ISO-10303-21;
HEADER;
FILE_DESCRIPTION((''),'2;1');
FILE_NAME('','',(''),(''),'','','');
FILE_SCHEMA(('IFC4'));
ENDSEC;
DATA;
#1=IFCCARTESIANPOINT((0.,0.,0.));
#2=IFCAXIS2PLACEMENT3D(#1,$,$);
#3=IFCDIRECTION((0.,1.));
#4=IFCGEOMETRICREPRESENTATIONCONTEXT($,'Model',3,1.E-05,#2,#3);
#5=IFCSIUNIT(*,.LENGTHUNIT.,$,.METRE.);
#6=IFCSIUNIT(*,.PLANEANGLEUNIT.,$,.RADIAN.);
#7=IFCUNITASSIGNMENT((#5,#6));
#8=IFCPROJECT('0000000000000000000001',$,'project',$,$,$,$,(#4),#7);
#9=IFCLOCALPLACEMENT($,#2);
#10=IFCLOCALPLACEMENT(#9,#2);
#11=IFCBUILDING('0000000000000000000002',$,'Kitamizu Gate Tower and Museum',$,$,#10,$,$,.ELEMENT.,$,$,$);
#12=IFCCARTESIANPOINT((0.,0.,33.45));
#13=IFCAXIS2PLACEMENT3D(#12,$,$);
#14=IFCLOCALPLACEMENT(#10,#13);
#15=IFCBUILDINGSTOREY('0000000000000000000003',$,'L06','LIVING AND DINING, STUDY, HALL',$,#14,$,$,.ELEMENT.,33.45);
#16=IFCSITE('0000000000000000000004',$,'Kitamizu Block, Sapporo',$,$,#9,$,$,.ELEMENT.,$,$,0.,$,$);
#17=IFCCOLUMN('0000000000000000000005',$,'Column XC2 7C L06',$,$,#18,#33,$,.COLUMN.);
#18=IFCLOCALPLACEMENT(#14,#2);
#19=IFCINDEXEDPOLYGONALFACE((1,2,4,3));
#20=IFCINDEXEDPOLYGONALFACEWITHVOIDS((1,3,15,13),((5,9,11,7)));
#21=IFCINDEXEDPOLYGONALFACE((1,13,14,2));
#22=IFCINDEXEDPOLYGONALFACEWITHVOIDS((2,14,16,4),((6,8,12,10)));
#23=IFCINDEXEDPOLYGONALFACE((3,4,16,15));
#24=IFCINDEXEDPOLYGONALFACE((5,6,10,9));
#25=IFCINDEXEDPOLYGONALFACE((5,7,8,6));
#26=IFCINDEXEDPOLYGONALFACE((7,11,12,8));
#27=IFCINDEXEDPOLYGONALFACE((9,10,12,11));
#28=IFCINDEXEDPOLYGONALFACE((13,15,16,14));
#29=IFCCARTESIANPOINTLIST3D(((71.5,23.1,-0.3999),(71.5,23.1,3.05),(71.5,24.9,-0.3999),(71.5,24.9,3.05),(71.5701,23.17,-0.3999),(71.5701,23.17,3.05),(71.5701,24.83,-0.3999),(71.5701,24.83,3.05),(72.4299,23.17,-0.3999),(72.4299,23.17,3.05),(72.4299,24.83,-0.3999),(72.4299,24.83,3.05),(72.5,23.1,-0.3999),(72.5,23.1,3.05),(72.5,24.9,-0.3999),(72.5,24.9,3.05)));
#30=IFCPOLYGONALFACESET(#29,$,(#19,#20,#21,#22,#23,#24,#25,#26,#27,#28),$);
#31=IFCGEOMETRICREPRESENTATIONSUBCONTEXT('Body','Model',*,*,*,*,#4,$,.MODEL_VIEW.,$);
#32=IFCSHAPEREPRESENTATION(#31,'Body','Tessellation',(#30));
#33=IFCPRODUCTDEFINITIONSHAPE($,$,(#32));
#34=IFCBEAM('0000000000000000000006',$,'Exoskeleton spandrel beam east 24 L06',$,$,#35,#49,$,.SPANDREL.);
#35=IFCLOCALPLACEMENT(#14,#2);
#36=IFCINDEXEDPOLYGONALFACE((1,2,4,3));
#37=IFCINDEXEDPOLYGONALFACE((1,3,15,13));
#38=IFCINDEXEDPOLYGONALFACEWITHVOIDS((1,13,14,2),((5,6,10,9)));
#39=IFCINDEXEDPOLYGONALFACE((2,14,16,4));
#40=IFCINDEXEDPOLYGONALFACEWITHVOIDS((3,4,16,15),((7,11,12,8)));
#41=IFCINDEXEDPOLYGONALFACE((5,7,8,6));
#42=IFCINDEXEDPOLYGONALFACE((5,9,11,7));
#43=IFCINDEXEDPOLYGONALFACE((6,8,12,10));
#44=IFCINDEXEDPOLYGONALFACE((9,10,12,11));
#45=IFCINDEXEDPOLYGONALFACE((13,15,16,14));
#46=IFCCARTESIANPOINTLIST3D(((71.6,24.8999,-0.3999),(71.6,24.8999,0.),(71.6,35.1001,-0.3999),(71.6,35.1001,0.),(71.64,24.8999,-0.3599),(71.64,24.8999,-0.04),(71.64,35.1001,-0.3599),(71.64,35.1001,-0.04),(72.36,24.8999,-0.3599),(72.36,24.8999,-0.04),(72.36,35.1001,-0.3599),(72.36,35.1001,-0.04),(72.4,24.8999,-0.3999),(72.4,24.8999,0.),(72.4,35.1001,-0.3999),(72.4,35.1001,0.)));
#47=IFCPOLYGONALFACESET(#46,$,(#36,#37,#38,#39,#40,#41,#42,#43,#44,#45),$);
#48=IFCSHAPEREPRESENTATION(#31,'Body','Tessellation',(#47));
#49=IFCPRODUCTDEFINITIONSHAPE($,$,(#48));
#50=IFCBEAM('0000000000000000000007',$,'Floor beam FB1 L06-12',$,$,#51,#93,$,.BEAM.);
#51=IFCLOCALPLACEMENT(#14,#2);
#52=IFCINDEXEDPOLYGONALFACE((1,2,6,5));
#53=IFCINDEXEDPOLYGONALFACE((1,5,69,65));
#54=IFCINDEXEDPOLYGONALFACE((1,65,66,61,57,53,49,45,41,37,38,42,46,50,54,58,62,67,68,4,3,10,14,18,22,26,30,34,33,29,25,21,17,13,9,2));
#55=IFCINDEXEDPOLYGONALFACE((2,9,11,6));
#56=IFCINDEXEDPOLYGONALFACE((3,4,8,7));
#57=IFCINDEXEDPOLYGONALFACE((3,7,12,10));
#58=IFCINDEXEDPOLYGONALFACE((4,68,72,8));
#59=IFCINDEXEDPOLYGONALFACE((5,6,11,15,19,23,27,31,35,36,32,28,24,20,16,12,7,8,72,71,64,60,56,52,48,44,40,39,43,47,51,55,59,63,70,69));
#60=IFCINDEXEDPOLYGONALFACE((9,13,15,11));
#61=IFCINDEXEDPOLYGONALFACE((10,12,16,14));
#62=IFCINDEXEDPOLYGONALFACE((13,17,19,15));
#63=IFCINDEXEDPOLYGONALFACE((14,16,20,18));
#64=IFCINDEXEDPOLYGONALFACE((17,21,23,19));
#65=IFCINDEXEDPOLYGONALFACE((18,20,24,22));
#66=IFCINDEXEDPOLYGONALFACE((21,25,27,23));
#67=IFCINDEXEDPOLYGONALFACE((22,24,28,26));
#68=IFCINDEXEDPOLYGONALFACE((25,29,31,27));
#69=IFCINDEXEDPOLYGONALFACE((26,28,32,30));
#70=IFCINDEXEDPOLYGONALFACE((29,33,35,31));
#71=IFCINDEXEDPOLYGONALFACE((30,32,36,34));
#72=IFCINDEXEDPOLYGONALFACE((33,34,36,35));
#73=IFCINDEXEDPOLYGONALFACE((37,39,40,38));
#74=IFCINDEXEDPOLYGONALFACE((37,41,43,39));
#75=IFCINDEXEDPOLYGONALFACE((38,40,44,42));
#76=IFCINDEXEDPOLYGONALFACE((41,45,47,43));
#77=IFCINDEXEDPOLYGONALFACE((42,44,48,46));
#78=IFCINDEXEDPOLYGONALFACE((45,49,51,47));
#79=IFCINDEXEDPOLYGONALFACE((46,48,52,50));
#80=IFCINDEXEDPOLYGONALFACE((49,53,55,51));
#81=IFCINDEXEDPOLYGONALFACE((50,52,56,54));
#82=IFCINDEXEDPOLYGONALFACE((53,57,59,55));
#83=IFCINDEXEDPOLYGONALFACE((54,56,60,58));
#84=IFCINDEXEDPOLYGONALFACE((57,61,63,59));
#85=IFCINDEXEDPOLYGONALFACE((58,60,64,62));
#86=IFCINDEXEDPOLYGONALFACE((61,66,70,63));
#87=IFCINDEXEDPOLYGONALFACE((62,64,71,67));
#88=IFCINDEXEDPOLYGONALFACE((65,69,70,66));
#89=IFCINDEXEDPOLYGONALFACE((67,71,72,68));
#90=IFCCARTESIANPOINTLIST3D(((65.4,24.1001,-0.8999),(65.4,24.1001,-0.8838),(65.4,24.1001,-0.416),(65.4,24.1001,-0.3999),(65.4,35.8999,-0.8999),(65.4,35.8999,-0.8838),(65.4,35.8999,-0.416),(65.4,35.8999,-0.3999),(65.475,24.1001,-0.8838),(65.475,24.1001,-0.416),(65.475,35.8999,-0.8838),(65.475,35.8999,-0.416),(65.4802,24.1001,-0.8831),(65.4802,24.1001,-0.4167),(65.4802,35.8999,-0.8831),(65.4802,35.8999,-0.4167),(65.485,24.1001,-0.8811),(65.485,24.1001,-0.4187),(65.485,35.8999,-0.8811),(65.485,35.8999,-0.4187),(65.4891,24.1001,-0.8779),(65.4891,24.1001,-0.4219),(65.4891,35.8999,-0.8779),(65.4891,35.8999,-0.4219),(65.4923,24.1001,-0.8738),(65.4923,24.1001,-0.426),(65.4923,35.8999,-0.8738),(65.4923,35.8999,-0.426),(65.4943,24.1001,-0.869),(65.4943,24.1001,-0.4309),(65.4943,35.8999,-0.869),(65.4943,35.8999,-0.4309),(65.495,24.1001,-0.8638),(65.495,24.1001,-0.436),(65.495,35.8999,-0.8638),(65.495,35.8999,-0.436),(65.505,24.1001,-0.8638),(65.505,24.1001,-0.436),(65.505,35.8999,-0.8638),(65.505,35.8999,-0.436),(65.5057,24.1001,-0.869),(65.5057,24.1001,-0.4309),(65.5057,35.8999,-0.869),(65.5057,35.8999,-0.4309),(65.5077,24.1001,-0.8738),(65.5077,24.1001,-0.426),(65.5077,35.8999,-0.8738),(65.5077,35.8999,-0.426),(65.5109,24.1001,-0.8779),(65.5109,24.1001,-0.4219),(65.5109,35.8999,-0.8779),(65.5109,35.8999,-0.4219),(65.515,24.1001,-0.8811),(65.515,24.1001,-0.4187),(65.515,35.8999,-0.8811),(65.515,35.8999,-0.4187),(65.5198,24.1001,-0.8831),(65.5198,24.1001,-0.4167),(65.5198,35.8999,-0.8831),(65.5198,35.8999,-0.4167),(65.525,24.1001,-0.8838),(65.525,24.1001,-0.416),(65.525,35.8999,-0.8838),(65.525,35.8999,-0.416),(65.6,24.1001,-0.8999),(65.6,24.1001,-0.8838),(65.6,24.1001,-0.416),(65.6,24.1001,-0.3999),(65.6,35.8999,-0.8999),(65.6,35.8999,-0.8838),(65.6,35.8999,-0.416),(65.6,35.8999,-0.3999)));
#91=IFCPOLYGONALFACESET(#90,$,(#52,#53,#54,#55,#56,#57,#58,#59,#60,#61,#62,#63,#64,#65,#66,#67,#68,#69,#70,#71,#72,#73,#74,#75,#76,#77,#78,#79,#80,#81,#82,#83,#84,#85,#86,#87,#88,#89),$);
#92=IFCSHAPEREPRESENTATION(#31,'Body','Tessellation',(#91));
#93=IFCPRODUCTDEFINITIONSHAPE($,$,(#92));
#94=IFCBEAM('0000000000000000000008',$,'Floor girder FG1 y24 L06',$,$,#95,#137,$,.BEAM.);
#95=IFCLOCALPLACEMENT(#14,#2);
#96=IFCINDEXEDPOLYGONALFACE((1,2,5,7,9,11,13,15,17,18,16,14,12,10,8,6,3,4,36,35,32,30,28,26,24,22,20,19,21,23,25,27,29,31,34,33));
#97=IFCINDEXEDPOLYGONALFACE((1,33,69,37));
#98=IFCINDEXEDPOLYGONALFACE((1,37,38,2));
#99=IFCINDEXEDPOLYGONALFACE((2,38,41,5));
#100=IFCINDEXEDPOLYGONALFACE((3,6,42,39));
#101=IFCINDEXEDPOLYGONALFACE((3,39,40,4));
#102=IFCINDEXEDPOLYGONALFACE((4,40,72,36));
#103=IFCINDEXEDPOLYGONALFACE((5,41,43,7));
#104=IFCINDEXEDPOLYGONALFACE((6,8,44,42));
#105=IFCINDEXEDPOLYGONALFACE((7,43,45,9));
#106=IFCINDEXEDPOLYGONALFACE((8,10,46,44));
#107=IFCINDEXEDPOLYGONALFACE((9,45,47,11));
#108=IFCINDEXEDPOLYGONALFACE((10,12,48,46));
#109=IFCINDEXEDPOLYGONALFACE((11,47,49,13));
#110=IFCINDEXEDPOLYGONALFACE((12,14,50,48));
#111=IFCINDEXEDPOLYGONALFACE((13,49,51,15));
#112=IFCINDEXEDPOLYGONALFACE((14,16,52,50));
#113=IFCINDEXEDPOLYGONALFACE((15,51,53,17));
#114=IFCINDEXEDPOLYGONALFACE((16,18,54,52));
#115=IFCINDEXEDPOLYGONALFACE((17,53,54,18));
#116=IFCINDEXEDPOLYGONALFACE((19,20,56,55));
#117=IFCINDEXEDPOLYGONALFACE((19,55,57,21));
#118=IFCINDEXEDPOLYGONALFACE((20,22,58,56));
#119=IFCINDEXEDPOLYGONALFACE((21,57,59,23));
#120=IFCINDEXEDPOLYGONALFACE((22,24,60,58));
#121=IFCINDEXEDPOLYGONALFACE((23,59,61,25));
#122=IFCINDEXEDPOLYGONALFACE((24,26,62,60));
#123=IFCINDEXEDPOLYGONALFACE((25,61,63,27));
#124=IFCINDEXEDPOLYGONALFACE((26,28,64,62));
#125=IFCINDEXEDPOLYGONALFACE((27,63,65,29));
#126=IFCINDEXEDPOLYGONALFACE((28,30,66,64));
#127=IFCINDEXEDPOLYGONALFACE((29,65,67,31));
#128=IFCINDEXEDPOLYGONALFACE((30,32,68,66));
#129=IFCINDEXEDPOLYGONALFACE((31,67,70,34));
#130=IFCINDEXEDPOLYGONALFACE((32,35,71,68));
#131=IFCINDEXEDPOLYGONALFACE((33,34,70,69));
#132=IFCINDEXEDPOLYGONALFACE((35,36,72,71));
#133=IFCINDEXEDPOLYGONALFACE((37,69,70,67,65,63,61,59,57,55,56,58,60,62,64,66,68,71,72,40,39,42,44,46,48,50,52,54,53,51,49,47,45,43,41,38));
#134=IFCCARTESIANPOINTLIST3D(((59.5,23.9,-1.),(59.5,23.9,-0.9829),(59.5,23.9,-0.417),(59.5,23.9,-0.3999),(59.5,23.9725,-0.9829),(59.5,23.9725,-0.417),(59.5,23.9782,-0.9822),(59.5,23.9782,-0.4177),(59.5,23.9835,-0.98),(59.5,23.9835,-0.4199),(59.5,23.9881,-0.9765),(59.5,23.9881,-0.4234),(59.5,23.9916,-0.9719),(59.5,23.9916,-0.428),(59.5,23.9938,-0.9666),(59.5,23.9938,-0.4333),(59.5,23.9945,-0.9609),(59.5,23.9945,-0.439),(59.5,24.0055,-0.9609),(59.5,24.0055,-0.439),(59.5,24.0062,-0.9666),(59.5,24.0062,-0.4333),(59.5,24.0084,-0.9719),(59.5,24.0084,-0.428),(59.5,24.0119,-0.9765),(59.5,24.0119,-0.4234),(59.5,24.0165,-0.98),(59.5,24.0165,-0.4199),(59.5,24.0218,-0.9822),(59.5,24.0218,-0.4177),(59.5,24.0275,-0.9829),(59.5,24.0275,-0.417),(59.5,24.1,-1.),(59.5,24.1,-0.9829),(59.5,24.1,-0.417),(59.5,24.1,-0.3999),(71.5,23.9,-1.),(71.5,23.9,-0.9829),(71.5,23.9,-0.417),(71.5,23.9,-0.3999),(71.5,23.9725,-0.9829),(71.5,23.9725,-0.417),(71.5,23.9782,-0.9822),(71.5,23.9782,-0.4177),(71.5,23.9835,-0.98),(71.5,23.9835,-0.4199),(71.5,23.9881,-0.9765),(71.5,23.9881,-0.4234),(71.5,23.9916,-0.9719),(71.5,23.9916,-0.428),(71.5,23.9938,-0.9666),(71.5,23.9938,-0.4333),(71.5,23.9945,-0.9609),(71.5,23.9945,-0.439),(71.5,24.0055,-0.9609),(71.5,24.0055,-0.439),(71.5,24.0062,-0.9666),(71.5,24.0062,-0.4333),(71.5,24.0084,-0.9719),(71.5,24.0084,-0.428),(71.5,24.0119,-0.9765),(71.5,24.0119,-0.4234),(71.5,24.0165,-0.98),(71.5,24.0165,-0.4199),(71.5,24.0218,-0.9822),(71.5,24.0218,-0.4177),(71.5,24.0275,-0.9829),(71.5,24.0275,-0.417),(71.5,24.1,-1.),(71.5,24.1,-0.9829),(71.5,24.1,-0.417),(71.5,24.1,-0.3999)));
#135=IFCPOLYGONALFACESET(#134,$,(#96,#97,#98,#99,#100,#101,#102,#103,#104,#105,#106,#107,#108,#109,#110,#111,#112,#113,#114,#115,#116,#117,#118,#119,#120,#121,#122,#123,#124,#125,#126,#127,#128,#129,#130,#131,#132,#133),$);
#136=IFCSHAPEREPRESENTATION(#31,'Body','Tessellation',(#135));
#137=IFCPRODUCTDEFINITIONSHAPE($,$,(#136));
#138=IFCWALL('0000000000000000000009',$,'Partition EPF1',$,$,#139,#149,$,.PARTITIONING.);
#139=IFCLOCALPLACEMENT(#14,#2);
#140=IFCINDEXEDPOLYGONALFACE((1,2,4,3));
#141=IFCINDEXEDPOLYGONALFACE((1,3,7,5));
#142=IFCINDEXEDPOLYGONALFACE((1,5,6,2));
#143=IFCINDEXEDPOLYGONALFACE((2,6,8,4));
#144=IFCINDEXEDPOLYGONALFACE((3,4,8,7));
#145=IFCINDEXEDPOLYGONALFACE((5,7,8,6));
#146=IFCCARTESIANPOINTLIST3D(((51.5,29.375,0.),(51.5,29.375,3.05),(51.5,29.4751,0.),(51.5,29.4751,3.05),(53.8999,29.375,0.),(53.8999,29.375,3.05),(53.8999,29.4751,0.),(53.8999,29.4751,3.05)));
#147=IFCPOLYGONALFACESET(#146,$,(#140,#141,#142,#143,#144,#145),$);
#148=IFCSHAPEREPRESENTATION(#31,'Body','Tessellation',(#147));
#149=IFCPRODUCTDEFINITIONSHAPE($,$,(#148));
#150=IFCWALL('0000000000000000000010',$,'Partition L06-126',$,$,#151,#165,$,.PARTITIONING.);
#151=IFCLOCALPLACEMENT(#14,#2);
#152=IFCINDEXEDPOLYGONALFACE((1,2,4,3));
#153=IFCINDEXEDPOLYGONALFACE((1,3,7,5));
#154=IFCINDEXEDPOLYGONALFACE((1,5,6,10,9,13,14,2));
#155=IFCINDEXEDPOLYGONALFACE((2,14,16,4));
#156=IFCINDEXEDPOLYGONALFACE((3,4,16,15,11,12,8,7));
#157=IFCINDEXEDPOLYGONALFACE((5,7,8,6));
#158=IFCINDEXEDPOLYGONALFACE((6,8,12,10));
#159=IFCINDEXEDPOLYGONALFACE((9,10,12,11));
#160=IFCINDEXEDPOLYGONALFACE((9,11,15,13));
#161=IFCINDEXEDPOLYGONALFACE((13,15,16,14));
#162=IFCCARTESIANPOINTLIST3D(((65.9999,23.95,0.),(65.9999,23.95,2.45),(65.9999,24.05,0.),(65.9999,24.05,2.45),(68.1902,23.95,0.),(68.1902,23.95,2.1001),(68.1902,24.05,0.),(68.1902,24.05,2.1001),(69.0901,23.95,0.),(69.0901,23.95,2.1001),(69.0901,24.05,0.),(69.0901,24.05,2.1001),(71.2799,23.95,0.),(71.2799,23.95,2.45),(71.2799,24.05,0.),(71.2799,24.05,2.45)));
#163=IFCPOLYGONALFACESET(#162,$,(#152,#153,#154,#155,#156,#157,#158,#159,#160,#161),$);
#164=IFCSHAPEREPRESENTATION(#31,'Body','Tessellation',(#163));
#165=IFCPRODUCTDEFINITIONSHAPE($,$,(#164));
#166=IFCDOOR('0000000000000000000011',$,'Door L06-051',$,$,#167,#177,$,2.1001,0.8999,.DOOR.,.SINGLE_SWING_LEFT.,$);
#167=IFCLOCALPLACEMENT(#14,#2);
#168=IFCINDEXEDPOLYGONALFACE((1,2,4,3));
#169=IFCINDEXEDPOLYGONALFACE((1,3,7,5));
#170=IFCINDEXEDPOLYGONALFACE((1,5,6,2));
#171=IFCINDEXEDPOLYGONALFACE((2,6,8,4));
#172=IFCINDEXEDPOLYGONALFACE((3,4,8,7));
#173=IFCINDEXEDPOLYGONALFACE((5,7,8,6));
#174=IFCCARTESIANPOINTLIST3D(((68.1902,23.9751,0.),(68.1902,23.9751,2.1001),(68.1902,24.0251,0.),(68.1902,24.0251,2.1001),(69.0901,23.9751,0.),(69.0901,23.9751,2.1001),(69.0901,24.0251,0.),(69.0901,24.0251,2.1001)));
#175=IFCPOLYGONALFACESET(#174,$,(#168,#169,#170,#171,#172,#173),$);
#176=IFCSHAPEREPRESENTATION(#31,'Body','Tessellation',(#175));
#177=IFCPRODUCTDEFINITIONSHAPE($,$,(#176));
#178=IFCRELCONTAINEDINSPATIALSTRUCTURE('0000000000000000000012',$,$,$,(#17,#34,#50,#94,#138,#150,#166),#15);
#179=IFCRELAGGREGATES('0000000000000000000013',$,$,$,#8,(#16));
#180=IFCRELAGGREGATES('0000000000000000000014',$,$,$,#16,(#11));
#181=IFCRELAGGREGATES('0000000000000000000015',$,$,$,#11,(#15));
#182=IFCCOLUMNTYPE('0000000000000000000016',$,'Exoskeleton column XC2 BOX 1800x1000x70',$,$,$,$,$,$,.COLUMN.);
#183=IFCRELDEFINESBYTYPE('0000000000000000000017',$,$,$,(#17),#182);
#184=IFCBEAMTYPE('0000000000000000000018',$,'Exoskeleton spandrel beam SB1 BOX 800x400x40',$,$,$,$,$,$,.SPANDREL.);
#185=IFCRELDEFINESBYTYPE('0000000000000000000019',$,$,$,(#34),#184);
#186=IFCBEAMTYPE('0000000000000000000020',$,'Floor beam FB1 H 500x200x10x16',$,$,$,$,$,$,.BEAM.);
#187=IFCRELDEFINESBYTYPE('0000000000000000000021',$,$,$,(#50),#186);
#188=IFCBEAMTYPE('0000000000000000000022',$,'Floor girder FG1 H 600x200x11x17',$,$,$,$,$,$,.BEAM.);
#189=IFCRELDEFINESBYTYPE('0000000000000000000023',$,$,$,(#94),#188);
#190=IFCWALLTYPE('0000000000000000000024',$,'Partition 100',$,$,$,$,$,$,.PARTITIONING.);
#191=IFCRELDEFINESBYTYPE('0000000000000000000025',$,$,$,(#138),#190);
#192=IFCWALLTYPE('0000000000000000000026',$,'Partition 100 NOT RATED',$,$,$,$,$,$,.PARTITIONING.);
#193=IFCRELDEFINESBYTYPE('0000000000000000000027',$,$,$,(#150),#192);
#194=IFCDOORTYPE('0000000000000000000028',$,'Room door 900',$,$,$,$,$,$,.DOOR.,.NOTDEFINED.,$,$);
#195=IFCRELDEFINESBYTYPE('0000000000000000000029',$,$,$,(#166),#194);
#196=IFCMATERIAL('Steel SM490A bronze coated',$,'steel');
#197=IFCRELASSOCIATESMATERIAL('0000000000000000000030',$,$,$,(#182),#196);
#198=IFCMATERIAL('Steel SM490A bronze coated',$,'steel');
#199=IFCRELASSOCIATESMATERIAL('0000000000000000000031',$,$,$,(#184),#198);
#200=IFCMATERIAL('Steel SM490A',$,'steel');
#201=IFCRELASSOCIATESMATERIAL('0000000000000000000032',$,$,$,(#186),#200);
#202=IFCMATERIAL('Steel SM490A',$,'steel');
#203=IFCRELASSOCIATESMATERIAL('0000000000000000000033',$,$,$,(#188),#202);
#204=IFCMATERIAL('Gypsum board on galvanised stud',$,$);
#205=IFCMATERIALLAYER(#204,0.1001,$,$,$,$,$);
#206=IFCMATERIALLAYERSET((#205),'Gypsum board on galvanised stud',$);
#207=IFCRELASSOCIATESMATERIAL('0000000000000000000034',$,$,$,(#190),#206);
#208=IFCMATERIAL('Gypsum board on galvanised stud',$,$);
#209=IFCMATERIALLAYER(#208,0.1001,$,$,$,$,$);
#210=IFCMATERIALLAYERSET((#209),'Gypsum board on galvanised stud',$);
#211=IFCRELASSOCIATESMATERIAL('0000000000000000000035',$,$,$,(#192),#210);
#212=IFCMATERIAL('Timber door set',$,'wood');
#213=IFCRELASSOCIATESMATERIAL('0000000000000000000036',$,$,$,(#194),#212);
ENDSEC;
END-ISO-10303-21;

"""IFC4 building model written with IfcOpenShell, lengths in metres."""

from ifc_helpers import new_model, si_unit, direction, frame, frame_2d, origin, origin_2d, place, context, subcontext, project, spatial, rectangle, hollow_rectangle, i_section, extrude, material, layer, layer_set, material_profile, profile_set, type_object, element, fill, save


model = new_model("IFC4")

# Units and contexts
model_context = context("Model", 3, precision=1e-05, world=origin(), true_north=direction((0.0, 1.0)))
body_context = subcontext(model_context, "Body", "Model", "MODEL_VIEW")
ifc_project = project(units=[si_unit("LENGTHUNIT", "METRE"), si_unit("PLANEANGLEUNIT", "RADIAN")], contexts=[model_context])

# Site, building, storey
site_placement = place(None, origin())
site = spatial("IfcSite", under=ifc_project, at=site_placement, Name="Kitamizu Block, Sapporo", CompositionType="ELEMENT", RefElevation=0.0)
building_placement = place(site_placement, origin())
building = spatial("IfcBuilding", under=site, at=building_placement, Name="Kitamizu Gate Tower and Museum", CompositionType="ELEMENT")
storey_placement = place(building_placement, frame((0.0, 0.0, 33.45)))
storey = spatial("IfcBuildingStorey", under=building, at=storey_placement, Name="L06", Description="LIVING AND DINING, STUDY, HALL", CompositionType="ELEMENT", Elevation=33.45)

# Column
ifc_material_1 = material(Name="Steel SM490A bronze coated", Category="steel")
ifc_material_profile_1 = material_profile(ifc_material_1, hollow_rectangle(XDim=1.8, YDim=1.0, WallThickness=0.0701, at=origin_2d()), Name="BOX 1800x1000x70")
ifc_profile_set_1 = profile_set([ifc_material_profile_1], Name="Steel SM490A bronze coated")
column_type = type_object("IfcColumnType", Name="Exoskeleton column XC2 BOX 1800x1000x70", PredefinedType="COLUMN", material=ifc_profile_set_1)
column_placement = place(storey_placement, frame((72.0, 24.0, -0.3999), z_axis=(0.0, 0.0, 1.0), x_axis=(0.0, 1.0, 0.0)))
element("IfcColumn", 1, at=column_placement, inside=storey, type_object=column_type, Name="Column XC2 7C L06", PredefinedType="COLUMN", context=body_context, shape_type="SweptSolid", body=[
    extrude(hollow_rectangle(XDim=1.8, YDim=1.0, WallThickness=0.0701, at=origin_2d()), origin(), (0.0, 0.0, 1.0), 3.45),
])

# Beams
ifc_material_2 = material(Name="Steel SM490A bronze coated", Category="steel")
ifc_material_profile_2 = material_profile(ifc_material_2, hollow_rectangle(XDim=0.8, YDim=0.3999, WallThickness=0.04, at=origin_2d()), Name="BOX 800x400x40")
ifc_profile_set_2 = profile_set([ifc_material_profile_2], Name="Steel SM490A bronze coated")
beam_type_1 = type_object("IfcBeamType", Name="Exoskeleton spandrel beam SB1 BOX 800x400x40", PredefinedType="SPANDREL", material=ifc_profile_set_2)
beam_1_placement = place(storey_placement, frame((72.0, 24.8999, -0.2), z_axis=(0.0, 1.0, 0.0), x_axis=(-1.0, 0.0, 0.0)))
element("IfcBeam", 2, at=beam_1_placement, inside=storey, type_object=beam_type_1, Name="Exoskeleton spandrel beam east 24 L06", PredefinedType="SPANDREL", context=body_context, shape_type="SweptSolid", body=[
    extrude(hollow_rectangle(XDim=0.8, YDim=0.3999, WallThickness=0.04, at=origin_2d()), origin(), (0.0, 0.0, 1.0), 10.2002),
])
ifc_material_3 = material(Name="Steel SM490A", Category="steel")
ifc_material_profile_3 = material_profile(ifc_material_3, i_section(OverallWidth=0.2, OverallDepth=0.5, WebThickness=0.01, FlangeThickness=0.0161, FilletRadius=0.02, at=origin_2d()), Name="H-500x200x10x16")
ifc_profile_set_3 = profile_set([ifc_material_profile_3], Name="Steel SM490A")
beam_type_2 = type_object("IfcBeamType", Name="Floor beam FB1 H 500x200x10x16", PredefinedType="BEAM", material=ifc_profile_set_3)
beam_2_placement = place(storey_placement, frame((65.5, 24.1001, -0.6499), z_axis=(0.0, 1.0, 0.0), x_axis=(-1.0, 0.0, 0.0)))
element("IfcBeam", 3, at=beam_2_placement, inside=storey, type_object=beam_type_2, Name="Floor beam FB1 L06-12", PredefinedType="BEAM", context=body_context, shape_type="SweptSolid", body=[
    extrude(i_section(OverallWidth=0.2, OverallDepth=0.5, WebThickness=0.01, FlangeThickness=0.0161, FilletRadius=0.02, at=origin_2d()), origin(), (0.0, 0.0, 1.0), 11.7998),
])
ifc_material_4 = material(Name="Steel SM490A", Category="steel")
ifc_material_profile_4 = material_profile(ifc_material_4, i_section(OverallWidth=0.2, OverallDepth=0.6001, WebThickness=0.011, FlangeThickness=0.0171, FilletRadius=0.022, at=origin_2d()), Name="H-600x200x11x17")
ifc_profile_set_4 = profile_set([ifc_material_profile_4], Name="Steel SM490A")
beam_type_3 = type_object("IfcBeamType", Name="Floor girder FG1 H 600x200x11x17", PredefinedType="BEAM", material=ifc_profile_set_4)
beam_3_placement = place(storey_placement, frame((59.5, 24.0, -0.7), z_axis=(1.0, 0.0, 0.0), x_axis=(0.0, 1.0, 0.0)))
element("IfcBeam", 4, at=beam_3_placement, inside=storey, type_object=beam_type_3, Name="Floor girder FG1 y24 L06", PredefinedType="BEAM", context=body_context, shape_type="SweptSolid", body=[
    extrude(i_section(OverallWidth=0.2, OverallDepth=0.6001, WebThickness=0.011, FlangeThickness=0.0171, FilletRadius=0.022, at=origin_2d()), origin(), (0.0, 0.0, 1.0), 12.0),
])

# Wall
ifc_material_5 = material(Name="Gypsum board on galvanised stud")
ifc_layer_1 = layer(ifc_material_5, 0.1001)
ifc_layer_set_1 = layer_set([ifc_layer_1], Name="Gypsum board on galvanised stud")
wall_type_1 = type_object("IfcWallType", Name="Partition 100", PredefinedType="PARTITIONING", material=ifc_layer_set_1)
wall_1_placement = place(storey_placement, frame((53.8999, 29.425, 0.0), z_axis=(0.0, 0.0, 1.0), x_axis=(-1.0, 0.0, 0.0)))
element("IfcWall", 5, at=wall_1_placement, inside=storey, type_object=wall_type_1, Name="Partition EPF1", PredefinedType="PARTITIONING", context=body_context, shape_type="SweptSolid", body=[
    extrude(rectangle(XDim=2.3999, YDim=0.1001, at=frame_2d((1.2, 0.0))), origin(), (0.0, 0.0, 1.0), 3.05),
])

# Wall, opening, door
ifc_material_6 = material(Name="Gypsum board on galvanised stud")
ifc_layer_2 = layer(ifc_material_6, 0.1001)
ifc_layer_set_2 = layer_set([ifc_layer_2], Name="Gypsum board on galvanised stud")
wall_type_2 = type_object("IfcWallType", Name="Partition 100 NOT RATED", PredefinedType="PARTITIONING", material=ifc_layer_set_2)
wall_2_placement = place(storey_placement, frame((71.28, 24.0, 0.0), z_axis=(0.0, 0.0, 1.0), x_axis=(-1.0, 0.0, 0.0)))
wall_2 = element("IfcWall", 6, at=wall_2_placement, inside=storey, type_object=wall_type_2, Name="Partition L06-126", PredefinedType="PARTITIONING", context=body_context, shape_type="SweptSolid", body=[
    extrude(rectangle(XDim=5.28, YDim=0.1001, at=frame_2d((2.6401, 0.0))), origin(), (0.0, 0.0, 1.0), 2.45),
])
opening_1_placement = place(wall_2_placement, frame((2.1899, 0.0, 0.0)))
opening_1 = element("IfcOpeningElement", 7, at=opening_1_placement, cuts=wall_2, PredefinedType="OPENING", context=body_context, shape_type="SweptSolid", body=[
    extrude(rectangle(XDim=0.8999, YDim=2.1001, at=frame_2d((0.45, 1.05))), frame((0.0, 0.0601, 0.0), z_axis=(0.0, -1.0, 0.0), x_axis=(1.0, 0.0, 0.0)), (0.0, 0.0, 1.0), 0.1201),
])
ifc_material_7 = material(Name="Timber door set", Category="wood")
door_type_1 = type_object("IfcDoorType", Name="Room door 900", OperationType="NOTDEFINED", PredefinedType="DOOR", material=ifc_material_7)
door_1_placement = place(opening_1_placement, origin())
door_1 = element("IfcDoor", 8, at=door_1_placement, inside=storey, type_object=door_type_1, Name="Door L06-051", OperationType="SINGLE_SWING_LEFT", OverallHeight=2.1001, OverallWidth=0.8999, PredefinedType="DOOR", context=body_context, shape_type="SweptSolid", body=[
    extrude(rectangle(XDim=0.8999, YDim=2.1001, at=frame_2d((0.45, 1.05))), frame((0.0, 0.0249, 0.0), z_axis=(0.0, -1.0, 0.0), x_axis=(1.0, 0.0, 0.0)), (0.0, 0.0, 1.0), 0.05),
])
fill(opening_1, door_1)

save(model, "model.ifc")
